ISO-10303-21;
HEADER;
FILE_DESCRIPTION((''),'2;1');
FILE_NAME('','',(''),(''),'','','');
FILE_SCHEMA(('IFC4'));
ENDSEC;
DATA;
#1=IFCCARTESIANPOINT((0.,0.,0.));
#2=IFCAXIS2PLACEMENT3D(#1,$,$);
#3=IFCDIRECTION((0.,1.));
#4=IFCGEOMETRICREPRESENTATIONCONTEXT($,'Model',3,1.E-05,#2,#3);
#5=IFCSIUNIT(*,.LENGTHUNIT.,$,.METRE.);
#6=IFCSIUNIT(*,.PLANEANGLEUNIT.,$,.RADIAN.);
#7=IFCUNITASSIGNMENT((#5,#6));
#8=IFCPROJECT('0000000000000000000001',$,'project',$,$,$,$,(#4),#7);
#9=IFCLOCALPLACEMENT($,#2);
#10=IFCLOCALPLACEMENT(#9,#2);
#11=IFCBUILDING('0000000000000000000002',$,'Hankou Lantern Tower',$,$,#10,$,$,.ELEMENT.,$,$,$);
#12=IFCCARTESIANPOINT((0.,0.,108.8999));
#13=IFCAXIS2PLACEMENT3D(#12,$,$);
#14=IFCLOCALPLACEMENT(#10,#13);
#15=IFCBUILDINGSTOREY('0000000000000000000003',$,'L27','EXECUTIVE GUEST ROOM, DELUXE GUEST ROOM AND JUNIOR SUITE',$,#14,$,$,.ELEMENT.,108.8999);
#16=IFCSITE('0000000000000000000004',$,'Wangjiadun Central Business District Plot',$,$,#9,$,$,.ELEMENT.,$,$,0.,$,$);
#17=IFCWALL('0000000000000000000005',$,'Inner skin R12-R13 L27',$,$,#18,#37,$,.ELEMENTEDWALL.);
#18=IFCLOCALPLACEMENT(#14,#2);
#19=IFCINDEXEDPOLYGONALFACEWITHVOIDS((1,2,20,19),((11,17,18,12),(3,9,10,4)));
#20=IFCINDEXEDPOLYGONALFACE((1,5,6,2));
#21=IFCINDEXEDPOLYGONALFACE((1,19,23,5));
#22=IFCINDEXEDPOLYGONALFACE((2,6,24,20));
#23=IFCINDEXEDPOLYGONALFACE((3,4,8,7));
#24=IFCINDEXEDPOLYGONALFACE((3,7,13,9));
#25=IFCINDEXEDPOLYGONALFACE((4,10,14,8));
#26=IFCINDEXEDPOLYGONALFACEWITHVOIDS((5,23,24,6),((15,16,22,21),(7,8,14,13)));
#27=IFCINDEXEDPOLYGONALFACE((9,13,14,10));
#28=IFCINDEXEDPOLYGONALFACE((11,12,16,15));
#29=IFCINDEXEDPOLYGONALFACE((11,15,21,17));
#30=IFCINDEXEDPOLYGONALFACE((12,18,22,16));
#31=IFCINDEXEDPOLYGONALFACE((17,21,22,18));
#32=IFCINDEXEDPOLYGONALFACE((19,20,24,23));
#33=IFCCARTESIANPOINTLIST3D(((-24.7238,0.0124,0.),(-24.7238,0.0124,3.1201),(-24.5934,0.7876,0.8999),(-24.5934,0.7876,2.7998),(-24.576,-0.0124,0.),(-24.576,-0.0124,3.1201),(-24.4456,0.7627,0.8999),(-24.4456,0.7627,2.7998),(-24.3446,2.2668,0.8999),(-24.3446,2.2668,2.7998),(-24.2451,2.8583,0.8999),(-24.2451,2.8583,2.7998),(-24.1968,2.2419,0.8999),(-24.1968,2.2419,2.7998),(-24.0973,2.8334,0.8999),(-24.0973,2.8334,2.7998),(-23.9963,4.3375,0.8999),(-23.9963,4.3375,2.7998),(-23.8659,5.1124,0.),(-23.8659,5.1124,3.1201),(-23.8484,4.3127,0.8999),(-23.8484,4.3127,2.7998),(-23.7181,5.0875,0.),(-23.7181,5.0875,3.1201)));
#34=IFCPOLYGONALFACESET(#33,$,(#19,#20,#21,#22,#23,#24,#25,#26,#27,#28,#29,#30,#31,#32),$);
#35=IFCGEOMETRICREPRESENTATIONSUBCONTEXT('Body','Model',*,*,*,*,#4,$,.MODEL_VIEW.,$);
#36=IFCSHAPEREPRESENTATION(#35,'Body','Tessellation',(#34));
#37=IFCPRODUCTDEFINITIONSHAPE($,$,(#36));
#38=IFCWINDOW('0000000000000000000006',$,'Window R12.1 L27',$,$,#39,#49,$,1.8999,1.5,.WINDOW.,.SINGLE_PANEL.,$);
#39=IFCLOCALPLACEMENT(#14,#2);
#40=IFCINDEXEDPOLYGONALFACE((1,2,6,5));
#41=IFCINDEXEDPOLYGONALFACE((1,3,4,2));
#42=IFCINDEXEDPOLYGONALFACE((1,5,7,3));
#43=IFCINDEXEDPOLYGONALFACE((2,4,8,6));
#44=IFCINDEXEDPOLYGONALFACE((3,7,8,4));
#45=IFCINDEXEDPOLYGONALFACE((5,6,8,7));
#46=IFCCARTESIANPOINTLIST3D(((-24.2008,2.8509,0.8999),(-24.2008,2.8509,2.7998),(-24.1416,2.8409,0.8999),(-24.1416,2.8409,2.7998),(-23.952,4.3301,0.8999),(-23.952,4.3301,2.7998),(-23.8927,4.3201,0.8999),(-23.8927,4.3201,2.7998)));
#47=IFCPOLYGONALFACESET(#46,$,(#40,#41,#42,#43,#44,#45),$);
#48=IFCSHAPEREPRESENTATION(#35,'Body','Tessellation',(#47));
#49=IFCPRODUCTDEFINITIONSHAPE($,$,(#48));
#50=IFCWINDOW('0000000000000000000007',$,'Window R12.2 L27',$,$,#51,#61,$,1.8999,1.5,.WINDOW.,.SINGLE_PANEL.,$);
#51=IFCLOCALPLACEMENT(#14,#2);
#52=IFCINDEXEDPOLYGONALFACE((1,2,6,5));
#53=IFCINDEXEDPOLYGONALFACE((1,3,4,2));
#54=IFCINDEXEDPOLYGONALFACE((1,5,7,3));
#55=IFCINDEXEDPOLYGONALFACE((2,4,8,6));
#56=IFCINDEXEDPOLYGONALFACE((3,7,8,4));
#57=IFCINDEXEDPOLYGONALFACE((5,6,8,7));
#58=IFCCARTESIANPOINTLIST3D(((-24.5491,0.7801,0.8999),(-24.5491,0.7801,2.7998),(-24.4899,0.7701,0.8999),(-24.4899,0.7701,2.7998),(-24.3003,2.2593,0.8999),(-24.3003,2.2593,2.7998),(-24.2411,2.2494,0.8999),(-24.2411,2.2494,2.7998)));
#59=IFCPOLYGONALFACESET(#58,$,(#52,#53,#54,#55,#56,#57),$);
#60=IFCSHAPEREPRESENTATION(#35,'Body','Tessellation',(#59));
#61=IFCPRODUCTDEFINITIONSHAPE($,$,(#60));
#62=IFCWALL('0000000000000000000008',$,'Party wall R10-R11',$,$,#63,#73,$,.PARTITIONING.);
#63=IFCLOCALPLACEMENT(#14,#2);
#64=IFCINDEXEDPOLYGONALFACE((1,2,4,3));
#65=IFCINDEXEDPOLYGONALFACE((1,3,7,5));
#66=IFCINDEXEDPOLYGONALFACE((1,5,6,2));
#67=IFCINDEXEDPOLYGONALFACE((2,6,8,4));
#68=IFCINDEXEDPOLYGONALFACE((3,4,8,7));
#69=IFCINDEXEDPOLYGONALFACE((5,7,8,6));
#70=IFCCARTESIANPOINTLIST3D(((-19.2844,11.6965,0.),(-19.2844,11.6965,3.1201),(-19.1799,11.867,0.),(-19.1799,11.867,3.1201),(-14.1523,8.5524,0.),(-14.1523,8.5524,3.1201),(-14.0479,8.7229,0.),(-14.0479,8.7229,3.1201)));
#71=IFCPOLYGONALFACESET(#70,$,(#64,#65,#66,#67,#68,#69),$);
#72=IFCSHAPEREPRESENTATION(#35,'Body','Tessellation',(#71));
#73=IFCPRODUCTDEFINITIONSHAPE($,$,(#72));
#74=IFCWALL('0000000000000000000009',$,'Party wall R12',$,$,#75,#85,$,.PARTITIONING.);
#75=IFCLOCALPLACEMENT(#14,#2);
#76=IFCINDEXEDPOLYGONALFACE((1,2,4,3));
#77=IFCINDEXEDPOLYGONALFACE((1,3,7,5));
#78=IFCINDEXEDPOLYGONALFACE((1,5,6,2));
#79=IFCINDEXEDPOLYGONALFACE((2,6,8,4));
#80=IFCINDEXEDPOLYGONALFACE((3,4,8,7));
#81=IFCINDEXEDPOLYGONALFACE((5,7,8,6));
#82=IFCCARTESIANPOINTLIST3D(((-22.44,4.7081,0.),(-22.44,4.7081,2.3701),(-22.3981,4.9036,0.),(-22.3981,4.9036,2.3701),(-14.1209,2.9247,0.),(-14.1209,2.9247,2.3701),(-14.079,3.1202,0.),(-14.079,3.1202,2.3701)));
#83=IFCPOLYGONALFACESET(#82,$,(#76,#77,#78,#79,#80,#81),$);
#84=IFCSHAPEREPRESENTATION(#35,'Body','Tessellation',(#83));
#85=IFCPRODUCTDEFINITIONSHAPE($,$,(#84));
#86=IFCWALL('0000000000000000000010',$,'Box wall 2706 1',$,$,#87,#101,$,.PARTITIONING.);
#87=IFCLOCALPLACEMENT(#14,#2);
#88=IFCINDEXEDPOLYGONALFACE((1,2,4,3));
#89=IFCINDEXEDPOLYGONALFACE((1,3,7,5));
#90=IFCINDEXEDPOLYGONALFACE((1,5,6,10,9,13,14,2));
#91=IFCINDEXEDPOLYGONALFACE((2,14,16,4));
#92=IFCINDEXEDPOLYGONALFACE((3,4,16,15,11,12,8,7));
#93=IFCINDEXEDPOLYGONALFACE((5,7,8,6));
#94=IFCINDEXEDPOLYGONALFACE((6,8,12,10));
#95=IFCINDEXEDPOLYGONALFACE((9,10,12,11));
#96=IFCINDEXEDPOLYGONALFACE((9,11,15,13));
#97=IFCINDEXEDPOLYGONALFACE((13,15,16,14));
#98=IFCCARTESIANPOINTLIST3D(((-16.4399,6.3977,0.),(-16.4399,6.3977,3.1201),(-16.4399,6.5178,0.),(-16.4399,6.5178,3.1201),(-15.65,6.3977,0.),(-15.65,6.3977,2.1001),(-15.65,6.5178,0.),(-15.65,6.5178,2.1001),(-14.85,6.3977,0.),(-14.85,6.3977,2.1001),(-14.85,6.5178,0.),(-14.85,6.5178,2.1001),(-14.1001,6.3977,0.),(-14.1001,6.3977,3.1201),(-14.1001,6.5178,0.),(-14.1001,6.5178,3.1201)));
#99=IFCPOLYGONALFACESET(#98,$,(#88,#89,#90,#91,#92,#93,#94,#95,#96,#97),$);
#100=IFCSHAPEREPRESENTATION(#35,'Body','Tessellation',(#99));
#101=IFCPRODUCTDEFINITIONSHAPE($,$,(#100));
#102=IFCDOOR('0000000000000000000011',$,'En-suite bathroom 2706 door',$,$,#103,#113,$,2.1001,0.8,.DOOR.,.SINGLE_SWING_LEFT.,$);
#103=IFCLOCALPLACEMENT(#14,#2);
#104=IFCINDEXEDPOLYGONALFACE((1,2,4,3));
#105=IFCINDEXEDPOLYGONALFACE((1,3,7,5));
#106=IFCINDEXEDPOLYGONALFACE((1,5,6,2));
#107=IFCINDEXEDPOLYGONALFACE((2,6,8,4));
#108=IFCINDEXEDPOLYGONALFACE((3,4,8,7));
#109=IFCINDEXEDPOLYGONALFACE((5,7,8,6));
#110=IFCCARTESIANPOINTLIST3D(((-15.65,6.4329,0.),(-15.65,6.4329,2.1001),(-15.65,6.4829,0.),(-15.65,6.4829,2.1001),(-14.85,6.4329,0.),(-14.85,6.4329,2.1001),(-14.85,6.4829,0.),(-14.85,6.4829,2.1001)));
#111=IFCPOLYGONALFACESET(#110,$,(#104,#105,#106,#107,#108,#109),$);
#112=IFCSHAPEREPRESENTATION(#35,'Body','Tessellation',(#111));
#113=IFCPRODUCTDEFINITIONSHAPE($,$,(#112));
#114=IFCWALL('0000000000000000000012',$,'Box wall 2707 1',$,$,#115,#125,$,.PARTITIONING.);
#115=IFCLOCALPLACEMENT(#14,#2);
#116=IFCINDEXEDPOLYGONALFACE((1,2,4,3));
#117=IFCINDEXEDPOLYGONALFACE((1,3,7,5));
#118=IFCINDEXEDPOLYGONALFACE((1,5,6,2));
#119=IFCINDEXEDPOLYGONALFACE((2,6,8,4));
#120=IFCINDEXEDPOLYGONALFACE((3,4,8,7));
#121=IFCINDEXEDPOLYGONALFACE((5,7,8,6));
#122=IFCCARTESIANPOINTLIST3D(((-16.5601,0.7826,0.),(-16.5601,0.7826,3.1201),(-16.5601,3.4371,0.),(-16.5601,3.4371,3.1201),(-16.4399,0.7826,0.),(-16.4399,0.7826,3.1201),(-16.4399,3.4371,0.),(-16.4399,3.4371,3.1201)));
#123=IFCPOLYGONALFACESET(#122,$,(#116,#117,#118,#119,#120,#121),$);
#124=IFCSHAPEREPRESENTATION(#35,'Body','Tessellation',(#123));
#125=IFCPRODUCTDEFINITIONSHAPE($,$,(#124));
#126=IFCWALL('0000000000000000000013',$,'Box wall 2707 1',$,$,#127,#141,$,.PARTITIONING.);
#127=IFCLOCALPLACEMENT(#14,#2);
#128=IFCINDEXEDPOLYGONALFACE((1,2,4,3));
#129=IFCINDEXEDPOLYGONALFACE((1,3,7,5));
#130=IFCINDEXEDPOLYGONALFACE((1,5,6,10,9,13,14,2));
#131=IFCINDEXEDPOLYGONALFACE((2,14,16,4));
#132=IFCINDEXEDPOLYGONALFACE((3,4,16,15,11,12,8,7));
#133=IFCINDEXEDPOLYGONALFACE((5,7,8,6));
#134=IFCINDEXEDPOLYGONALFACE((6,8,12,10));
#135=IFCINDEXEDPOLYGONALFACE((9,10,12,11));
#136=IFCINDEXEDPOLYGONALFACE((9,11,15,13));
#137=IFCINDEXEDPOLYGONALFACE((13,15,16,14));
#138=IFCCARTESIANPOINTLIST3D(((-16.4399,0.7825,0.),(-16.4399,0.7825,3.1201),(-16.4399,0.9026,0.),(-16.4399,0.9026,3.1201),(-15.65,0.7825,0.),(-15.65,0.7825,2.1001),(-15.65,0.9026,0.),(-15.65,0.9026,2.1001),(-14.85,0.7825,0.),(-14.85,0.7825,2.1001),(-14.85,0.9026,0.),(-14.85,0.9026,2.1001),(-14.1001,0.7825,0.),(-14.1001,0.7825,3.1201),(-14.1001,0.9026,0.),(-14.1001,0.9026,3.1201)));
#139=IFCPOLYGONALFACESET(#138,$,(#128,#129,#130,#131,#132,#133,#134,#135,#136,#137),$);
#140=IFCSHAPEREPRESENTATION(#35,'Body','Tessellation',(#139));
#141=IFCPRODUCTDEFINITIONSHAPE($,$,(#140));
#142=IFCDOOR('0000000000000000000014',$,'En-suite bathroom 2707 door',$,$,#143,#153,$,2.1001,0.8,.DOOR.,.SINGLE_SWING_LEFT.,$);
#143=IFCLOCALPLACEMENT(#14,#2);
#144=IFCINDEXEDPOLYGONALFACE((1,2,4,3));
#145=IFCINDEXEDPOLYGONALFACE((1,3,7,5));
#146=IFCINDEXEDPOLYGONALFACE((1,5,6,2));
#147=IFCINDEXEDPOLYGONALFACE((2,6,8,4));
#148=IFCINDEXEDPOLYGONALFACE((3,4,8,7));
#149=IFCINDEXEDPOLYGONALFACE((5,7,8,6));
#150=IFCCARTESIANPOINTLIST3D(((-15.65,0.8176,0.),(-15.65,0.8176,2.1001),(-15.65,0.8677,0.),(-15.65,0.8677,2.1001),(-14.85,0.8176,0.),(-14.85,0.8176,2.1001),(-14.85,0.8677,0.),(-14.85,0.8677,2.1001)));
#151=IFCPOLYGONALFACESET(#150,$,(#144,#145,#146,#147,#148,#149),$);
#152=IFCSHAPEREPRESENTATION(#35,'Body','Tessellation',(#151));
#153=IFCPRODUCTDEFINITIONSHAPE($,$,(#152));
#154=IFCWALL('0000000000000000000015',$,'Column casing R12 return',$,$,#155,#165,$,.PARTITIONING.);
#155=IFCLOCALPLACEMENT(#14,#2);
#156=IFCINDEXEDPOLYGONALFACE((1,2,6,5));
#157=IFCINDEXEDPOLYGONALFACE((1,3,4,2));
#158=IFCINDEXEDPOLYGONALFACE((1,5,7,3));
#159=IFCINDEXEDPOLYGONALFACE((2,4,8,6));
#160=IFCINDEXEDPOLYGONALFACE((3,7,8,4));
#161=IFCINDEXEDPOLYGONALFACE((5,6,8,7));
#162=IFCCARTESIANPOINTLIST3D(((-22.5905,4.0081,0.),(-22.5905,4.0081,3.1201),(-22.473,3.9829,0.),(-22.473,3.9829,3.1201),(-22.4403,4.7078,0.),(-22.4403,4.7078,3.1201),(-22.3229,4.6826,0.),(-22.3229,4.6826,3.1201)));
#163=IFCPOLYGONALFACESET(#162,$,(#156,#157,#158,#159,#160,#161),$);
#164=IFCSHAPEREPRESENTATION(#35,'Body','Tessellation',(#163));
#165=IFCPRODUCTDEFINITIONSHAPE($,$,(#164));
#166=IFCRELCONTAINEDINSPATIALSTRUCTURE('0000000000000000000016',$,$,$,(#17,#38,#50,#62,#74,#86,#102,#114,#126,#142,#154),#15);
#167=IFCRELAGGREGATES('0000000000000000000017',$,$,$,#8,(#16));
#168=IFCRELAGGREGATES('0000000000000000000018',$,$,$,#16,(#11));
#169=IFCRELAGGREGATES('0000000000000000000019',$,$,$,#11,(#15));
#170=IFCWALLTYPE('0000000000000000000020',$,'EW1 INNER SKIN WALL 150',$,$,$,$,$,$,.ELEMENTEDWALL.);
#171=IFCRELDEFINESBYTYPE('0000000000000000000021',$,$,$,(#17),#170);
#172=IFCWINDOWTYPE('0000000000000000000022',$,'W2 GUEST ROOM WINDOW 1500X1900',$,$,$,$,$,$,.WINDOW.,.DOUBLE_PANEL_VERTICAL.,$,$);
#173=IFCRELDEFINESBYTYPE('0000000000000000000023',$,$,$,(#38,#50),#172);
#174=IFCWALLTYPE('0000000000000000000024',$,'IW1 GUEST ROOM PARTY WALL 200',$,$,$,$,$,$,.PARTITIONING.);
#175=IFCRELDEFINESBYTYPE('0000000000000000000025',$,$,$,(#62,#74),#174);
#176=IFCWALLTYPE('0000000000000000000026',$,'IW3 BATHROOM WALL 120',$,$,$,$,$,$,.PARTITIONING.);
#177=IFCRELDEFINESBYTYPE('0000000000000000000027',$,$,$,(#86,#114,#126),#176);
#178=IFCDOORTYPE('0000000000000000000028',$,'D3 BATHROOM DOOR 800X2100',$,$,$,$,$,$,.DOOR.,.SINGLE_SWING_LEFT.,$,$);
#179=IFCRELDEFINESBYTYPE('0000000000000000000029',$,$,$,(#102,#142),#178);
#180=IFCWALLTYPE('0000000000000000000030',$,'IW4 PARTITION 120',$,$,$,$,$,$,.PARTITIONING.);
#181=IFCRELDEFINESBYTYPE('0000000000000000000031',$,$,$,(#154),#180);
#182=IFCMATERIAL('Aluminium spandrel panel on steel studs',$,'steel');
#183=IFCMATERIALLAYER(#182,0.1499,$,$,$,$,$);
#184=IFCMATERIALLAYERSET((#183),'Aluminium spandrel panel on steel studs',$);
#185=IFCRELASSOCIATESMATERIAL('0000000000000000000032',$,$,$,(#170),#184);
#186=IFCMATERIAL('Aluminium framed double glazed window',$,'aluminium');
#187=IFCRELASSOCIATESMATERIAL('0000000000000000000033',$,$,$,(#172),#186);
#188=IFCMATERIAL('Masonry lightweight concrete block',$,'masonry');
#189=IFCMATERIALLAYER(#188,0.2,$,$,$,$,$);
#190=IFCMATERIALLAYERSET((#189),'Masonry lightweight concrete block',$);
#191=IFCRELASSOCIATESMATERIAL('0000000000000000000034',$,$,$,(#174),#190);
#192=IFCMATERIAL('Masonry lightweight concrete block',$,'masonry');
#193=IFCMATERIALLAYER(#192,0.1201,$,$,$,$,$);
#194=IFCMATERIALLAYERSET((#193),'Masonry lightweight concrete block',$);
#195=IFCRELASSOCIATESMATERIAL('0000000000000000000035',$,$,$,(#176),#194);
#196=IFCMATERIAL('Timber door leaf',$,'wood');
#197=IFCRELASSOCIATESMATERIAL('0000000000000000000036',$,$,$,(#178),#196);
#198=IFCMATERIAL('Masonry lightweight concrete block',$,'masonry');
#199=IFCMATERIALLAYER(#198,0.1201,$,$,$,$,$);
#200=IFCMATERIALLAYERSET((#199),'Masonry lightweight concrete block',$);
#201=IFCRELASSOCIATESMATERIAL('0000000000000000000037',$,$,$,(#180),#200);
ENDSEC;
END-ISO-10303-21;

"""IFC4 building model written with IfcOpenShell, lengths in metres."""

from ifc_helpers import new_model, si_unit, direction, frame, frame_2d, origin, place, context, subcontext, project, spatial, rectangle, extrude, material, layer, layer_set, type_object, element, fill, save


model = new_model("IFC4")

# Units and contexts
model_context = context("Model", 3, precision=1e-05, world=origin(), true_north=direction((0.0, 1.0)))
body_context = subcontext(model_context, "Body", "Model", "MODEL_VIEW")
ifc_project = project(units=[si_unit("LENGTHUNIT", "METRE"), si_unit("PLANEANGLEUNIT", "RADIAN")], contexts=[model_context])

# Site, building, storey
site_placement = place(None, origin())
site = spatial("IfcSite", under=ifc_project, at=site_placement, Name="Wangjiadun Central Business District Plot", CompositionType="ELEMENT", RefElevation=0.0)
building_placement = place(site_placement, origin())
building = spatial("IfcBuilding", under=site, at=building_placement, Name="Hankou Lantern Tower", CompositionType="ELEMENT")
storey_placement = place(building_placement, frame((0.0, 0.0, 108.8999)))
storey = spatial("IfcBuildingStorey", under=building, at=storey_placement, Name="L27", Description="EXECUTIVE GUEST ROOM, DELUXE GUEST ROOM AND JUNIOR SUITE", CompositionType="ELEMENT", Elevation=108.8999)

# Wall, openings, windows
ifc_material_1 = material(Name="Aluminium spandrel panel on steel studs", Category="steel")
ifc_layer_1 = layer(ifc_material_1, 0.1499)
ifc_layer_set_1 = layer_set([ifc_layer_1], Name="Aluminium spandrel panel on steel studs")
wall_type_1 = type_object("IfcWallType", Name="EW1 INNER SKIN WALL 150", PredefinedType="ELEMENTEDWALL", material=ifc_layer_set_1)
wall_1_placement = place(storey_placement, frame((-23.792, 5.1001, 0.0), z_axis=(0.0, 0.0, 1.0), x_axis=(-0.165884, -0.986145, 0.0)))
wall_1 = element("IfcWall", 1, at=wall_1_placement, inside=storey, type_object=wall_type_1, Name="Inner skin R12-R13 L27", PredefinedType="ELEMENTEDWALL", context=body_context, shape_type="SweptSolid", body=[
    extrude(rectangle(XDim=5.1716, YDim=0.1499, at=frame_2d((2.5859, 0.0))), origin(), (0.0, 0.0, 1.0), 3.1201),
])
opening_1_placement = place(wall_1_placement, frame((0.7859, 0.0, 0.8999)))
opening_1 = element("IfcOpeningElement", 2, at=opening_1_placement, cuts=wall_1, PredefinedType="OPENING", context=body_context, shape_type="SweptSolid", body=[
    extrude(rectangle(XDim=1.5, YDim=1.8999, at=frame_2d((0.75, 0.95))), frame((0.0, 0.085, 0.0), z_axis=(0.0, -1.0, 0.0), x_axis=(1.0, 0.0, 0.0)), (0.0, 0.0, 1.0), 0.1699),
])
opening_2_placement = place(wall_1_placement, frame((2.8857, 0.0, 0.8999)))
opening_2 = element("IfcOpeningElement", 3, at=opening_2_placement, cuts=wall_1, PredefinedType="OPENING", context=body_context, shape_type="SweptSolid", body=[
    extrude(rectangle(XDim=1.5, YDim=1.8999, at=frame_2d((0.75, 0.95))), frame((0.0, 0.085, 0.0), z_axis=(0.0, -1.0, 0.0), x_axis=(1.0, 0.0, 0.0)), (0.0, 0.0, 1.0), 0.1699),
])
ifc_material_2 = material(Name="Aluminium framed double glazed window", Category="aluminium")
window_type = type_object("IfcWindowType", Name="W2 GUEST ROOM WINDOW 1500X1900", PartitioningType="DOUBLE_PANEL_VERTICAL", PredefinedType="WINDOW", material=ifc_material_2)
window_1_placement = place(opening_1_placement, origin())
window_1 = element("IfcWindow", 4, at=window_1_placement, inside=storey, type_object=window_type, Name="Window R12.1 L27", OverallHeight=1.8999, OverallWidth=1.5, PartitioningType="SINGLE_PANEL", PredefinedType="WINDOW", context=body_context, shape_type="SweptSolid", body=[
    extrude(rectangle(XDim=1.5, YDim=1.8999, at=frame_2d((0.75, 0.95))), frame((0.0, 0.03, 0.0), z_axis=(0.0, -1.0, 0.0), x_axis=(1.0, 0.0, 0.0)), (0.0, 0.0, 1.0), 0.0601),
])
fill(opening_1, window_1)
window_2_placement = place(opening_2_placement, origin())
window_2 = element("IfcWindow", 5, at=window_2_placement, inside=storey, type_object=window_type, Name="Window R12.2 L27", OverallHeight=1.8999, OverallWidth=1.5, PartitioningType="SINGLE_PANEL", PredefinedType="WINDOW", context=body_context, shape_type="SweptSolid", body=[
    extrude(rectangle(XDim=1.5, YDim=1.8999, at=frame_2d((0.75, 0.95))), frame((0.0, 0.03, 0.0), z_axis=(0.0, -1.0, 0.0), x_axis=(1.0, 0.0, 0.0)), (0.0, 0.0, 1.0), 0.0601),
])
fill(opening_2, window_2)

# Walls
ifc_material_3 = material(Name="Masonry lightweight concrete block", Category="masonry")
ifc_layer_2 = layer(ifc_material_3, 0.2)
ifc_layer_set_2 = layer_set([ifc_layer_2], Name="Masonry lightweight concrete block")
wall_type_2 = type_object("IfcWallType", Name="IW1 GUEST ROOM PARTY WALL 200", PredefinedType="PARTITIONING", material=ifc_layer_set_2)
wall_2_placement = place(storey_placement, frame((-14.1001, 8.6377, 0.0), z_axis=(0.0, 0.0, 1.0), x_axis=(-0.852707, 0.52239, 0.0)))
element("IfcWall", 6, at=wall_2_placement, inside=storey, type_object=wall_type_2, Name="Party wall R10-R11", PredefinedType="PARTITIONING", context=body_context, shape_type="SweptSolid", body=[
    extrude(rectangle(XDim=6.0186, YDim=0.2, at=frame_2d((3.0093, 0.0))), origin(), (0.0, 0.0, 1.0), 3.1201),
])
wall_3_placement = place(storey_placement, frame((-14.1001, 3.0225, 0.0), z_axis=(0.0, 0.0, 1.0), x_axis=(-0.977784, 0.209617, 0.0)))
element("IfcWall", 7, at=wall_3_placement, inside=storey, type_object=wall_type_2, Name="Party wall R12", PredefinedType="PARTITIONING", context=body_context, shape_type="SweptSolid", body=[
    extrude(rectangle(XDim=8.5081, YDim=0.2, at=frame_2d((4.2539, 0.0))), origin(), (0.0, 0.0, 1.0), 2.3701),
])

# Wall, opening, door
ifc_material_4 = material(Name="Masonry lightweight concrete block", Category="masonry")
ifc_layer_3 = layer(ifc_material_4, 0.1201)
ifc_layer_set_3 = layer_set([ifc_layer_3], Name="Masonry lightweight concrete block")
wall_type_3 = type_object("IfcWallType", Name="IW3 BATHROOM WALL 120", PredefinedType="PARTITIONING", material=ifc_layer_set_3)
wall_4_placement = place(storey_placement, frame((-14.1001, 6.4578, 0.0), z_axis=(0.0, 0.0, 1.0), x_axis=(-1.0, 0.0, 0.0)))
wall_4 = element("IfcWall", 8, at=wall_4_placement, inside=storey, type_object=wall_type_3, Name="Box wall 2706 1", PredefinedType="PARTITIONING", context=body_context, shape_type="SweptSolid", body=[
    extrude(rectangle(XDim=2.3398, YDim=0.1201, at=frame_2d((1.1699, 0.0))), origin(), (0.0, 0.0, 1.0), 3.1201),
])
opening_3_placement = place(wall_4_placement, frame((0.75, 0.0, 0.0)))
opening_3 = element("IfcOpeningElement", 9, at=opening_3_placement, cuts=wall_4, PredefinedType="OPENING", context=body_context, shape_type="SweptSolid", body=[
    extrude(rectangle(XDim=0.8, YDim=2.1001, at=frame_2d((0.3999, 1.05))), frame((0.0, 0.0701, 0.0), z_axis=(0.0, -1.0, 0.0), x_axis=(1.0, 0.0, 0.0)), (0.0, 0.0, 1.0), 0.1401),
])
ifc_material_5 = material(Name="Timber door leaf", Category="wood")
door_type_1 = type_object("IfcDoorType", Name="D3 BATHROOM DOOR 800X2100", OperationType="SINGLE_SWING_LEFT", PredefinedType="DOOR", material=ifc_material_5)
door_1_placement = place(opening_3_placement, origin())
door_1 = element("IfcDoor", 10, at=door_1_placement, inside=storey, type_object=door_type_1, Name="En-suite bathroom 2706 door", OperationType="SINGLE_SWING_LEFT", OverallHeight=2.1001, OverallWidth=0.8, PredefinedType="DOOR", context=body_context, shape_type="SweptSolid", body=[
    extrude(rectangle(XDim=0.8, YDim=2.1001, at=frame_2d((0.3999, 1.05))), frame((0.0, 0.0249, 0.0), z_axis=(0.0, -1.0, 0.0), x_axis=(1.0, 0.0, 0.0)), (0.0, 0.0, 1.0), 0.05),
])
fill(opening_3, door_1)

# Wall
wall_5_placement = place(storey_placement, frame((-16.5, 3.437, 0.0), z_axis=(0.0, 0.0, 1.0), x_axis=(0.0, -1.0, 0.0)))
element("IfcWall", 11, at=wall_5_placement, inside=storey, type_object=wall_type_3, Name="Box wall 2707 1", PredefinedType="PARTITIONING", context=body_context, shape_type="SweptSolid", body=[
    extrude(rectangle(XDim=2.6545, YDim=0.1201, at=frame_2d((1.3271, 0.0))), origin(), (0.0, 0.0, 1.0), 3.1201),
])

# Wall, opening, door
wall_6_placement = place(storey_placement, frame((-14.1001, 0.8425, 0.0), z_axis=(0.0, 0.0, 1.0), x_axis=(-1.0, 0.0, 0.0)))
wall_6 = element("IfcWall", 12, at=wall_6_placement, inside=storey, type_object=wall_type_3, Name="Box wall 2707 1", PredefinedType="PARTITIONING", context=body_context, shape_type="SweptSolid", body=[
    extrude(rectangle(XDim=2.3398, YDim=0.1201, at=frame_2d((1.1699, 0.0))), origin(), (0.0, 0.0, 1.0), 3.1201),
])
opening_4_placement = place(wall_6_placement, frame((0.75, 0.0, 0.0)))
opening_4 = element("IfcOpeningElement", 13, at=opening_4_placement, cuts=wall_6, PredefinedType="OPENING", context=body_context, shape_type="SweptSolid", body=[
    extrude(rectangle(XDim=0.8, YDim=2.1001, at=frame_2d((0.3999, 1.05))), frame((0.0, 0.0701, 0.0), z_axis=(0.0, -1.0, 0.0), x_axis=(1.0, 0.0, 0.0)), (0.0, 0.0, 1.0), 0.1401),
])
door_2_placement = place(opening_4_placement, origin())
door_2 = element("IfcDoor", 14, at=door_2_placement, inside=storey, type_object=door_type_1, Name="En-suite bathroom 2707 door", OperationType="SINGLE_SWING_LEFT", OverallHeight=2.1001, OverallWidth=0.8, PredefinedType="DOOR", context=body_context, shape_type="SweptSolid", body=[
    extrude(rectangle(XDim=0.8, YDim=2.1001, at=frame_2d((0.3999, 1.05))), frame((0.0, 0.0249, 0.0), z_axis=(0.0, -1.0, 0.0), x_axis=(1.0, 0.0, 0.0)), (0.0, 0.0, 1.0), 0.05),
])
fill(opening_4, door_2)

# Wall
ifc_material_6 = material(Name="Masonry lightweight concrete block", Category="masonry")
ifc_layer_4 = layer(ifc_material_6, 0.1201)
ifc_layer_set_4 = layer_set([ifc_layer_4], Name="Masonry lightweight concrete block")
wall_type_4 = type_object("IfcWallType", Name="IW4 PARTITION 120", PredefinedType="PARTITIONING", material=ifc_layer_set_4)
wall_7_placement = place(storey_placement, frame((-22.3816, 4.6953, 0.0), z_axis=(0.0, 0.0, 1.0), x_axis=(-0.209809, -0.977742, 0.0)))
element("IfcWall", 15, at=wall_7_placement, inside=storey, type_object=wall_type_4, Name="Column casing R12 return", PredefinedType="PARTITIONING", context=body_context, shape_type="SweptSolid", body=[
    extrude(rectangle(XDim=0.7156, YDim=0.1201, at=frame_2d((0.3579, 0.0))), origin(), (0.0, 0.0, 1.0), 3.1201),
])

save(model, "model.ifc")
